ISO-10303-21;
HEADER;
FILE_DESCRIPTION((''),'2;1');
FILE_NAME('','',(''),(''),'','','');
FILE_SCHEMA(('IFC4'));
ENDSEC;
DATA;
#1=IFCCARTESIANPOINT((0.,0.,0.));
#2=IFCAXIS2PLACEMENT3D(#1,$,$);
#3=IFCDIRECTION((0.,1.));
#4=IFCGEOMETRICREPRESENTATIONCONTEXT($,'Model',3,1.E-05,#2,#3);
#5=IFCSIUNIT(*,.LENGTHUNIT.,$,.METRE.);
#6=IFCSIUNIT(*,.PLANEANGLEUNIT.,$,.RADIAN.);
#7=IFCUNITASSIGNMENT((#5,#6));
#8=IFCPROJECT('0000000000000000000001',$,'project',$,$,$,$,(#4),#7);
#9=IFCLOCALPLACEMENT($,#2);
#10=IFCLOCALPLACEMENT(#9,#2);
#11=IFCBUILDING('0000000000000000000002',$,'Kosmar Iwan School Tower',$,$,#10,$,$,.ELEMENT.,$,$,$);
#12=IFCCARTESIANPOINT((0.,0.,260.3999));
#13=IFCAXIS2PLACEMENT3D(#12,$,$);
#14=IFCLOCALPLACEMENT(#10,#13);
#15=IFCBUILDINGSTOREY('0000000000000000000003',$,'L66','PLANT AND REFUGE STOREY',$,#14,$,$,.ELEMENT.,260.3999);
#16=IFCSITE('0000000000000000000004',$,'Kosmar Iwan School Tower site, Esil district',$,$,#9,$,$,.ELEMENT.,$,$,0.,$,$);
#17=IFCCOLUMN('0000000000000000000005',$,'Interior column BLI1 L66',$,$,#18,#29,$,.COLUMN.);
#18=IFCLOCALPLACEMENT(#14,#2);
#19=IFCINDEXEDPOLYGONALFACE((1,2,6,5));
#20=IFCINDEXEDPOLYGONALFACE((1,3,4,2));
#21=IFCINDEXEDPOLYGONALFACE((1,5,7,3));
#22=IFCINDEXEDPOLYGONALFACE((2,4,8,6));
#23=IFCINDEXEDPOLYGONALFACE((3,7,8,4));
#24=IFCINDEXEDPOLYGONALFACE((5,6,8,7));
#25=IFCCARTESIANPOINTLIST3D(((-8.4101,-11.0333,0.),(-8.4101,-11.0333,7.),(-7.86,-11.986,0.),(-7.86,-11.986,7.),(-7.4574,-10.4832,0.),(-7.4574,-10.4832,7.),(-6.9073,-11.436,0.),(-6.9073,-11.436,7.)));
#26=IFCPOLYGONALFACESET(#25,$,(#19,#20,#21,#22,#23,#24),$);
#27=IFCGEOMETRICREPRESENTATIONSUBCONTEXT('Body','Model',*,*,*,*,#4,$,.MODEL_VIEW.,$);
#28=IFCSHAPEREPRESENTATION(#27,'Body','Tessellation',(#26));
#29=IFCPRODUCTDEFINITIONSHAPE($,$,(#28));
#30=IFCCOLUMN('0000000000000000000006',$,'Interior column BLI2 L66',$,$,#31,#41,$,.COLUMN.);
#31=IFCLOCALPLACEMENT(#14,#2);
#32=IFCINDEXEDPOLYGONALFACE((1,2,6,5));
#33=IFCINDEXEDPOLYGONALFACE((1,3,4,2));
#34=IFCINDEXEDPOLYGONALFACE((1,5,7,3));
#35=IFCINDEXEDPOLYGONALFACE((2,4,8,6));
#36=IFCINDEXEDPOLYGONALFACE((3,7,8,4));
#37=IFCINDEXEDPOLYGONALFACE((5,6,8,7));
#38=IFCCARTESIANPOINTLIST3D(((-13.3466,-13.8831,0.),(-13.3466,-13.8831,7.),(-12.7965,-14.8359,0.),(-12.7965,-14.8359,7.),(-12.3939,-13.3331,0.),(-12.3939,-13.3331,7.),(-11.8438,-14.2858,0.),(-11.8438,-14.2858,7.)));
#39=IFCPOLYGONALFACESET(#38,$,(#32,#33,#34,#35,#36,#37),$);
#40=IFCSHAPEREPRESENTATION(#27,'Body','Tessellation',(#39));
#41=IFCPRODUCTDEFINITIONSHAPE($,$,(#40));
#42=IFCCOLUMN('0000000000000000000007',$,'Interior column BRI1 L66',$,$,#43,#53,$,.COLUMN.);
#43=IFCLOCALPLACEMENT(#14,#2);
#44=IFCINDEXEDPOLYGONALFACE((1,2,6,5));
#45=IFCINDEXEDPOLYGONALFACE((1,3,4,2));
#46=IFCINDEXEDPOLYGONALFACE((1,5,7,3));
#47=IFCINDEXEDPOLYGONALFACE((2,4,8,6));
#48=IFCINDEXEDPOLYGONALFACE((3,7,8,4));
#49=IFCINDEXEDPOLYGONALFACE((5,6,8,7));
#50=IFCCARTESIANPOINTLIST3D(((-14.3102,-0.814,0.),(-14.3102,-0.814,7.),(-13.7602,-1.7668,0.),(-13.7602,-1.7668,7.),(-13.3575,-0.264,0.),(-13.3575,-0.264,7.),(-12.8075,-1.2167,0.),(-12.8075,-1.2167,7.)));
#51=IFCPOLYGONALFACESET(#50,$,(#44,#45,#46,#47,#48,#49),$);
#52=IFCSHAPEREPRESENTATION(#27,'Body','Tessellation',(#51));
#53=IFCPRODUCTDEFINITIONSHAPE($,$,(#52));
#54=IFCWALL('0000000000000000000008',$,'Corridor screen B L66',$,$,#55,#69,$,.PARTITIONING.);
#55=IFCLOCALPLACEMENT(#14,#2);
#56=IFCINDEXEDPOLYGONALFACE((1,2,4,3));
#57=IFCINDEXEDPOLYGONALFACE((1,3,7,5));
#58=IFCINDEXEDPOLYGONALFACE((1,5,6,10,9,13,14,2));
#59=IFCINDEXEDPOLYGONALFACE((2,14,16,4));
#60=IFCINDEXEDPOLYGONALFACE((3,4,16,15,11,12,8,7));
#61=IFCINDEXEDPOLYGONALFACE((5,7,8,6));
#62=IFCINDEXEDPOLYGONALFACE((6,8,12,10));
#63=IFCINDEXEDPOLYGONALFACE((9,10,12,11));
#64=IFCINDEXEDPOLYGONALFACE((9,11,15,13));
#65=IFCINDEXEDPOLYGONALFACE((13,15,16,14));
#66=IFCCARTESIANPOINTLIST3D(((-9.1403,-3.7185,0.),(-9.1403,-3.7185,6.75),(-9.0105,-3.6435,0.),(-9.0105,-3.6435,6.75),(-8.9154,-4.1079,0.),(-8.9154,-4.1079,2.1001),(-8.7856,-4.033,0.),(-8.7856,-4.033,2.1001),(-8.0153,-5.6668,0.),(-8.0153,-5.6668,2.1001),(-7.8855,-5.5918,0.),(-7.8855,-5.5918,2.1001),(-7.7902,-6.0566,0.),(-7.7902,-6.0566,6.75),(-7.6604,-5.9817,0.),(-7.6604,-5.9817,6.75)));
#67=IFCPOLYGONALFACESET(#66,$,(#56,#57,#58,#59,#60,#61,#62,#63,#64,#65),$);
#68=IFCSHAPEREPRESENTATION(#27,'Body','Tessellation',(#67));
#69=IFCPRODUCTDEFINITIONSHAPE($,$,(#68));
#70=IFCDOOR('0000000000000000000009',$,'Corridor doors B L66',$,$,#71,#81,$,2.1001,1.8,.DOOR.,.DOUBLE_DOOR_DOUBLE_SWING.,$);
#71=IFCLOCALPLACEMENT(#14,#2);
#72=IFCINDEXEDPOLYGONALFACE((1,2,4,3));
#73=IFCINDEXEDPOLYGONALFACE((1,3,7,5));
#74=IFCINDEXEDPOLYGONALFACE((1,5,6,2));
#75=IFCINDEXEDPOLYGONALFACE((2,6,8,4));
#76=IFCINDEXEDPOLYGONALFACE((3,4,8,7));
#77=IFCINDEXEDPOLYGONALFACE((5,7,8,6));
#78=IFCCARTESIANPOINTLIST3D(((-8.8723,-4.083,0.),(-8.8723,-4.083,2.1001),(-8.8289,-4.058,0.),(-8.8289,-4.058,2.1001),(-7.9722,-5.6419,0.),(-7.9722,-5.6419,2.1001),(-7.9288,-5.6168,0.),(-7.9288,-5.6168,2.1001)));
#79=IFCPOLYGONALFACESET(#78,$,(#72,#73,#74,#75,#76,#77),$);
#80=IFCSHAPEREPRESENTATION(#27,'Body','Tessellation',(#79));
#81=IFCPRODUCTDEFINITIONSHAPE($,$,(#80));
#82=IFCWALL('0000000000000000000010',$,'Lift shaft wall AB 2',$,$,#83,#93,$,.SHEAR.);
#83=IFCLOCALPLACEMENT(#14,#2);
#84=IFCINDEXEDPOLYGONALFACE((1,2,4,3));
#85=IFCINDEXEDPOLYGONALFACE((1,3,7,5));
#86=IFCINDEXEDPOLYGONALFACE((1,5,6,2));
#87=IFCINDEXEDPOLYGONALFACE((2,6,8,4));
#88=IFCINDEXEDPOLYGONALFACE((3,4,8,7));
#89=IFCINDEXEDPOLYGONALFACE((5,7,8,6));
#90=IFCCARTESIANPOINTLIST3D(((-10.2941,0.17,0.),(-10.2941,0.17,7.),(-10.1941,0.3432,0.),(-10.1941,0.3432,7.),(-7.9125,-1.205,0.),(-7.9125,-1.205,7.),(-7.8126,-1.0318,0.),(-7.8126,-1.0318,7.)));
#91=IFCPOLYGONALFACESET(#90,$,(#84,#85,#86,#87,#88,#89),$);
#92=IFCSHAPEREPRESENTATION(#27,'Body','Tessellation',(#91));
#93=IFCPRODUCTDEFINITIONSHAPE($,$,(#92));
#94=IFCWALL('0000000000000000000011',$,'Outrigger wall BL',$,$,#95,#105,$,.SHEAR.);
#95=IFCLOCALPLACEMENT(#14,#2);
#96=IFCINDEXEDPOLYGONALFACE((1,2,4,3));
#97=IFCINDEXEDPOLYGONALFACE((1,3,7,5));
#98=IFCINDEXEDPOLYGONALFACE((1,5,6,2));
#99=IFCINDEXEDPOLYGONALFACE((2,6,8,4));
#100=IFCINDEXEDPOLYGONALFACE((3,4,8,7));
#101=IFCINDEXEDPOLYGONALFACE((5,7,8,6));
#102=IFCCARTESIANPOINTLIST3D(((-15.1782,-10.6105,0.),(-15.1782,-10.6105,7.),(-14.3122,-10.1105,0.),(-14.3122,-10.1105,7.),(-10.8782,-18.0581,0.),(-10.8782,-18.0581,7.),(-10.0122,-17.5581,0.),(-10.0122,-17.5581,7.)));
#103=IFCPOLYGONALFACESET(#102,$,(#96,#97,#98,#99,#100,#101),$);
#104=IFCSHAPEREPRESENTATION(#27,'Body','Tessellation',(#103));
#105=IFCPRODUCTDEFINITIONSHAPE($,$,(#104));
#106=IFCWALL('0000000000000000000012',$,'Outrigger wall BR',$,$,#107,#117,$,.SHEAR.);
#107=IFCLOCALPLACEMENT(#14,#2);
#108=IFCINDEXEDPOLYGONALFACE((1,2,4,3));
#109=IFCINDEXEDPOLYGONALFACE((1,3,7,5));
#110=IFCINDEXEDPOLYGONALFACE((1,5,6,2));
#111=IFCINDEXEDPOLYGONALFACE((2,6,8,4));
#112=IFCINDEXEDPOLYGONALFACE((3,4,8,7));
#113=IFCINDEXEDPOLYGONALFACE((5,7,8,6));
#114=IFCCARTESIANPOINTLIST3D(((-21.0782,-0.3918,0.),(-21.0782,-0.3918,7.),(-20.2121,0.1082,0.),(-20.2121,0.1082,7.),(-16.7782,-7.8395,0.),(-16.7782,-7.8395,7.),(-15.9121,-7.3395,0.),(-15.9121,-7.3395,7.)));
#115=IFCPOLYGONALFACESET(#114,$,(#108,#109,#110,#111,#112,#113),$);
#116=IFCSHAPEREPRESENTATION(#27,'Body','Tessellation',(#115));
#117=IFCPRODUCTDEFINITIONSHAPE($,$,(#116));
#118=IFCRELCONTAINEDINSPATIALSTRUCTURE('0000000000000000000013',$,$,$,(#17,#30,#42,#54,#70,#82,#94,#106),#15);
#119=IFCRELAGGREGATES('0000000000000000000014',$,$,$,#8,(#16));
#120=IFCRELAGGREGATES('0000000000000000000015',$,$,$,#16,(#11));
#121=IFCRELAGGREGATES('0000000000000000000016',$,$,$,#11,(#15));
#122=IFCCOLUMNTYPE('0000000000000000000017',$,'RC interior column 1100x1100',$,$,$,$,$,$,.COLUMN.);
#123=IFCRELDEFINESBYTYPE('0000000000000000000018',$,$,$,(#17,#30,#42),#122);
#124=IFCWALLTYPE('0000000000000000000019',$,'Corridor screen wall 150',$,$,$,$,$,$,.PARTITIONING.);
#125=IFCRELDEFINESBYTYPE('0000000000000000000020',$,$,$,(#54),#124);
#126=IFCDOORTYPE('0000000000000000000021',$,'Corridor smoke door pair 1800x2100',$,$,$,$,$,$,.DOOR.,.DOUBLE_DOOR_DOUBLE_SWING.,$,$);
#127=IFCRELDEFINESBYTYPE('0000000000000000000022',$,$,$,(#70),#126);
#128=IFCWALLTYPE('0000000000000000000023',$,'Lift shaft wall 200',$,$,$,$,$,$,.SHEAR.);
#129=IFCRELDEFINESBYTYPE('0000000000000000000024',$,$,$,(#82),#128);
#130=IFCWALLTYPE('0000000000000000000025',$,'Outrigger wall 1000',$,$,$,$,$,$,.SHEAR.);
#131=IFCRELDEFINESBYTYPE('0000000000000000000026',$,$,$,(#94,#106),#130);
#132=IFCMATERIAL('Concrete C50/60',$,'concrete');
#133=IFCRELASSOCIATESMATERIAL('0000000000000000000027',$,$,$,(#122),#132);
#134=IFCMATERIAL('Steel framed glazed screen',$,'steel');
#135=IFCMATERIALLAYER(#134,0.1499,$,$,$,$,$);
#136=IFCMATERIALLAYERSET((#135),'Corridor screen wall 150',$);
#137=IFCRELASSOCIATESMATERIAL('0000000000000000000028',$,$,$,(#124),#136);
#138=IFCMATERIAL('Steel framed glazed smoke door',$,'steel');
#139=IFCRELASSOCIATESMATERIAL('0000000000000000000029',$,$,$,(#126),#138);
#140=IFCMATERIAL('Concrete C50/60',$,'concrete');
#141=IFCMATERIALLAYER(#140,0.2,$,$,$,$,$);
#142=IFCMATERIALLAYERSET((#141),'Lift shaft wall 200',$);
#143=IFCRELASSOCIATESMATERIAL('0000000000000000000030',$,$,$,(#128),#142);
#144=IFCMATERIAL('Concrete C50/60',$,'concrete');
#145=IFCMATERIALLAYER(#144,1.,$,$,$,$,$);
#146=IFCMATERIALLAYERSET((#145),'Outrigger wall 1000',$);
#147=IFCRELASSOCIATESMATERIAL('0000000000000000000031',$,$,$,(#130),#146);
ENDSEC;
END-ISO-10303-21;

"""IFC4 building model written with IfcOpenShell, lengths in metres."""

from ifc_helpers import new_model, si_unit, direction, frame, frame_2d, origin, origin_2d, place, context, subcontext, project, spatial, rectangle, extrude, material, layer, layer_set, material_profile, profile_set, type_object, element, fill, save


model = new_model("IFC4")

# Units and contexts
model_context = context("Model", 3, precision=1e-05, world=origin(), true_north=direction((0.0, 1.0)))
body_context = subcontext(model_context, "Body", "Model", "MODEL_VIEW")
ifc_project = project(units=[si_unit("LENGTHUNIT", "METRE"), si_unit("PLANEANGLEUNIT", "RADIAN")], contexts=[model_context])

# Site, building, storey
site_placement = place(None, origin())
site = spatial("IfcSite", under=ifc_project, at=site_placement, Name="Kosmar Iwan School Tower site, Esil district", CompositionType="ELEMENT", RefElevation=0.0)
building_placement = place(site_placement, origin())
building = spatial("IfcBuilding", under=site, at=building_placement, Name="Kosmar Iwan School Tower", CompositionType="ELEMENT")
storey_placement = place(building_placement, frame((0.0, 0.0, 260.3999)))
storey = spatial("IfcBuildingStorey", under=building, at=storey_placement, Name="L66", Description="PLANT AND REFUGE STOREY", CompositionType="ELEMENT", Elevation=260.3999)

# Columns
ifc_material_1 = material(Name="Concrete C50/60", Category="concrete")
ifc_material_profile = material_profile(ifc_material_1, rectangle(XDim=1.1001, YDim=1.1001, at=origin_2d()), Name="RC 1100x1100")
ifc_profile_set = profile_set([ifc_material_profile], Name="Concrete C50/60")
column_type = type_object("IfcColumnType", Name="RC interior column 1100x1100", PredefinedType="COLUMN", material=ifc_profile_set)
for number, where, z_axis, x_axis, name in (
    (1, (-7.6587, -11.2346, 0.0), (0.0, 0.0, 1.0), (-0.866025, -0.5, 0.0), "Interior column BLI1 L66"),
    (2, (-12.5952, -14.0845, 0.0), (0.0, 0.0, 1.0), (-0.866025, -0.5, 0.0), "Interior column BLI2 L66"),
    (3, (-13.5588, -1.0154, 0.0), (0.0, 0.0, 1.0), (-0.866025, -0.5, 0.0), "Interior column BRI1 L66"),
):
    element("IfcColumn", number, at=place(storey_placement, frame(where, z_axis=z_axis, x_axis=x_axis)), inside=storey, type_object=column_type, Name=name, PredefinedType="COLUMN", context=body_context, shape_type="SweptSolid", body=[
        extrude(rectangle(XDim=1.1001, YDim=1.1001, at=origin_2d()), origin(), (0.0, 0.0, 1.0), 7.0),
    ])

# Wall, opening, door
ifc_material_2 = material(Name="Steel framed glazed screen", Category="steel")
ifc_layer_1 = layer(ifc_material_2, 0.1499)
ifc_layer_set_1 = layer_set([ifc_layer_1], Name="Corridor screen wall 150")
wall_type_1 = type_object("IfcWallType", Name="Corridor screen wall 150", PredefinedType="PARTITIONING", material=ifc_layer_set_1)
wall_1_placement = place(storey_placement, frame((-9.0754, -3.6809, 0.0), z_axis=(0.0, 0.0, 1.0), x_axis=(0.500049, -0.865997, 0.0)))
wall_1 = element("IfcWall", 4, at=wall_1_placement, inside=storey, type_object=wall_type_1, Name="Corridor screen B L66", PredefinedType="PARTITIONING", context=body_context, shape_type="SweptSolid", body=[
    extrude(rectangle(XDim=2.7, YDim=0.1499, at=frame_2d((1.3501, 0.0))), origin(), (0.0, 0.0, 1.0), 6.75),
])
opening_1_placement = place(wall_1_placement, frame((0.45, 0.0, 0.0)))
opening_1 = element("IfcOpeningElement", 5, at=opening_1_placement, cuts=wall_1, PredefinedType="OPENING", context=body_context, shape_type="SweptSolid", body=[
    extrude(rectangle(XDim=1.8, YDim=2.1001, at=frame_2d((0.8999, 1.05))), frame((0.0, 0.0869, 0.0), z_axis=(0.0, -1.0, 0.0), x_axis=(1.0, 0.0, 0.0)), (0.0, 0.0, 1.0), 0.1738),
])
ifc_material_3 = material(Name="Steel framed glazed smoke door", Category="steel")
door_type_1 = type_object("IfcDoorType", Name="Corridor smoke door pair 1800x2100", OperationType="DOUBLE_DOOR_DOUBLE_SWING", PredefinedType="DOOR", material=ifc_material_3)
door_1_placement = place(opening_1_placement, origin())
door_1 = element("IfcDoor", 6, at=door_1_placement, inside=storey, type_object=door_type_1, Name="Corridor doors B L66", OperationType="DOUBLE_DOOR_DOUBLE_SWING", OverallHeight=2.1001, OverallWidth=1.8, PredefinedType="DOOR", context=body_context, shape_type="SweptSolid", body=[
    extrude(rectangle(XDim=1.8, YDim=2.1001, at=frame_2d((0.8999, 1.05))), frame((0.0, 0.0249, 0.0), z_axis=(0.0, -1.0, 0.0), x_axis=(1.0, 0.0, 0.0)), (0.0, 0.0, 1.0), 0.05),
])
fill(opening_1, door_1)

# Walls
ifc_material_4 = material(Name="Concrete C50/60", Category="concrete")
ifc_layer_2 = layer(ifc_material_4, 0.2)
ifc_layer_set_2 = layer_set([ifc_layer_2], Name="Lift shaft wall 200")
wall_type_2 = type_object("IfcWallType", Name="Lift shaft wall 200", PredefinedType="SHEAR", material=ifc_layer_set_2)
wall_2_placement = place(storey_placement, frame((-7.8625, -1.1184, 0.0), z_axis=(0.0, 0.0, 1.0), x_axis=(-0.866027, 0.499997, 0.0)))
element("IfcWall", 7, at=wall_2_placement, inside=storey, type_object=wall_type_2, Name="Lift shaft wall AB 2", PredefinedType="SHEAR", context=body_context, shape_type="SweptSolid", body=[
    extrude(rectangle(XDim=2.75, YDim=0.2, at=frame_2d((1.375, 0.0))), origin(), (0.0, 0.0, 1.0), 7.0),
])
ifc_material_5 = material(Name="Concrete C50/60", Category="concrete")
ifc_layer_3 = layer(ifc_material_5, 1.0)
ifc_layer_set_3 = layer_set([ifc_layer_3], Name="Outrigger wall 1000")
wall_type_3 = type_object("IfcWallType", Name="Outrigger wall 1000", PredefinedType="SHEAR", material=ifc_layer_set_3)
for number, where, z_axis, x_axis, name in (
    (8, (-14.7451, -10.3606, 0.0), (0.0, 0.0, 1.0), (0.500008, -0.866021, 0.0), "Outrigger wall BL"),
    (9, (-16.3452, -7.5894, 0.0), (0.0, 0.0, 1.0), (-0.500008, 0.866021, 0.0), "Outrigger wall BR"),
):
    element("IfcWall", number, at=place(storey_placement, frame(where, z_axis=z_axis, x_axis=x_axis)), inside=storey, type_object=wall_type_3, Name=name, PredefinedType="SHEAR", context=body_context, shape_type="SweptSolid", body=[
        extrude(rectangle(XDim=8.5999, YDim=1.0, at=frame_2d((4.2998, 0.0))), origin(), (0.0, 0.0, 1.0), 7.0),
    ])

save(model, "model.ifc")
